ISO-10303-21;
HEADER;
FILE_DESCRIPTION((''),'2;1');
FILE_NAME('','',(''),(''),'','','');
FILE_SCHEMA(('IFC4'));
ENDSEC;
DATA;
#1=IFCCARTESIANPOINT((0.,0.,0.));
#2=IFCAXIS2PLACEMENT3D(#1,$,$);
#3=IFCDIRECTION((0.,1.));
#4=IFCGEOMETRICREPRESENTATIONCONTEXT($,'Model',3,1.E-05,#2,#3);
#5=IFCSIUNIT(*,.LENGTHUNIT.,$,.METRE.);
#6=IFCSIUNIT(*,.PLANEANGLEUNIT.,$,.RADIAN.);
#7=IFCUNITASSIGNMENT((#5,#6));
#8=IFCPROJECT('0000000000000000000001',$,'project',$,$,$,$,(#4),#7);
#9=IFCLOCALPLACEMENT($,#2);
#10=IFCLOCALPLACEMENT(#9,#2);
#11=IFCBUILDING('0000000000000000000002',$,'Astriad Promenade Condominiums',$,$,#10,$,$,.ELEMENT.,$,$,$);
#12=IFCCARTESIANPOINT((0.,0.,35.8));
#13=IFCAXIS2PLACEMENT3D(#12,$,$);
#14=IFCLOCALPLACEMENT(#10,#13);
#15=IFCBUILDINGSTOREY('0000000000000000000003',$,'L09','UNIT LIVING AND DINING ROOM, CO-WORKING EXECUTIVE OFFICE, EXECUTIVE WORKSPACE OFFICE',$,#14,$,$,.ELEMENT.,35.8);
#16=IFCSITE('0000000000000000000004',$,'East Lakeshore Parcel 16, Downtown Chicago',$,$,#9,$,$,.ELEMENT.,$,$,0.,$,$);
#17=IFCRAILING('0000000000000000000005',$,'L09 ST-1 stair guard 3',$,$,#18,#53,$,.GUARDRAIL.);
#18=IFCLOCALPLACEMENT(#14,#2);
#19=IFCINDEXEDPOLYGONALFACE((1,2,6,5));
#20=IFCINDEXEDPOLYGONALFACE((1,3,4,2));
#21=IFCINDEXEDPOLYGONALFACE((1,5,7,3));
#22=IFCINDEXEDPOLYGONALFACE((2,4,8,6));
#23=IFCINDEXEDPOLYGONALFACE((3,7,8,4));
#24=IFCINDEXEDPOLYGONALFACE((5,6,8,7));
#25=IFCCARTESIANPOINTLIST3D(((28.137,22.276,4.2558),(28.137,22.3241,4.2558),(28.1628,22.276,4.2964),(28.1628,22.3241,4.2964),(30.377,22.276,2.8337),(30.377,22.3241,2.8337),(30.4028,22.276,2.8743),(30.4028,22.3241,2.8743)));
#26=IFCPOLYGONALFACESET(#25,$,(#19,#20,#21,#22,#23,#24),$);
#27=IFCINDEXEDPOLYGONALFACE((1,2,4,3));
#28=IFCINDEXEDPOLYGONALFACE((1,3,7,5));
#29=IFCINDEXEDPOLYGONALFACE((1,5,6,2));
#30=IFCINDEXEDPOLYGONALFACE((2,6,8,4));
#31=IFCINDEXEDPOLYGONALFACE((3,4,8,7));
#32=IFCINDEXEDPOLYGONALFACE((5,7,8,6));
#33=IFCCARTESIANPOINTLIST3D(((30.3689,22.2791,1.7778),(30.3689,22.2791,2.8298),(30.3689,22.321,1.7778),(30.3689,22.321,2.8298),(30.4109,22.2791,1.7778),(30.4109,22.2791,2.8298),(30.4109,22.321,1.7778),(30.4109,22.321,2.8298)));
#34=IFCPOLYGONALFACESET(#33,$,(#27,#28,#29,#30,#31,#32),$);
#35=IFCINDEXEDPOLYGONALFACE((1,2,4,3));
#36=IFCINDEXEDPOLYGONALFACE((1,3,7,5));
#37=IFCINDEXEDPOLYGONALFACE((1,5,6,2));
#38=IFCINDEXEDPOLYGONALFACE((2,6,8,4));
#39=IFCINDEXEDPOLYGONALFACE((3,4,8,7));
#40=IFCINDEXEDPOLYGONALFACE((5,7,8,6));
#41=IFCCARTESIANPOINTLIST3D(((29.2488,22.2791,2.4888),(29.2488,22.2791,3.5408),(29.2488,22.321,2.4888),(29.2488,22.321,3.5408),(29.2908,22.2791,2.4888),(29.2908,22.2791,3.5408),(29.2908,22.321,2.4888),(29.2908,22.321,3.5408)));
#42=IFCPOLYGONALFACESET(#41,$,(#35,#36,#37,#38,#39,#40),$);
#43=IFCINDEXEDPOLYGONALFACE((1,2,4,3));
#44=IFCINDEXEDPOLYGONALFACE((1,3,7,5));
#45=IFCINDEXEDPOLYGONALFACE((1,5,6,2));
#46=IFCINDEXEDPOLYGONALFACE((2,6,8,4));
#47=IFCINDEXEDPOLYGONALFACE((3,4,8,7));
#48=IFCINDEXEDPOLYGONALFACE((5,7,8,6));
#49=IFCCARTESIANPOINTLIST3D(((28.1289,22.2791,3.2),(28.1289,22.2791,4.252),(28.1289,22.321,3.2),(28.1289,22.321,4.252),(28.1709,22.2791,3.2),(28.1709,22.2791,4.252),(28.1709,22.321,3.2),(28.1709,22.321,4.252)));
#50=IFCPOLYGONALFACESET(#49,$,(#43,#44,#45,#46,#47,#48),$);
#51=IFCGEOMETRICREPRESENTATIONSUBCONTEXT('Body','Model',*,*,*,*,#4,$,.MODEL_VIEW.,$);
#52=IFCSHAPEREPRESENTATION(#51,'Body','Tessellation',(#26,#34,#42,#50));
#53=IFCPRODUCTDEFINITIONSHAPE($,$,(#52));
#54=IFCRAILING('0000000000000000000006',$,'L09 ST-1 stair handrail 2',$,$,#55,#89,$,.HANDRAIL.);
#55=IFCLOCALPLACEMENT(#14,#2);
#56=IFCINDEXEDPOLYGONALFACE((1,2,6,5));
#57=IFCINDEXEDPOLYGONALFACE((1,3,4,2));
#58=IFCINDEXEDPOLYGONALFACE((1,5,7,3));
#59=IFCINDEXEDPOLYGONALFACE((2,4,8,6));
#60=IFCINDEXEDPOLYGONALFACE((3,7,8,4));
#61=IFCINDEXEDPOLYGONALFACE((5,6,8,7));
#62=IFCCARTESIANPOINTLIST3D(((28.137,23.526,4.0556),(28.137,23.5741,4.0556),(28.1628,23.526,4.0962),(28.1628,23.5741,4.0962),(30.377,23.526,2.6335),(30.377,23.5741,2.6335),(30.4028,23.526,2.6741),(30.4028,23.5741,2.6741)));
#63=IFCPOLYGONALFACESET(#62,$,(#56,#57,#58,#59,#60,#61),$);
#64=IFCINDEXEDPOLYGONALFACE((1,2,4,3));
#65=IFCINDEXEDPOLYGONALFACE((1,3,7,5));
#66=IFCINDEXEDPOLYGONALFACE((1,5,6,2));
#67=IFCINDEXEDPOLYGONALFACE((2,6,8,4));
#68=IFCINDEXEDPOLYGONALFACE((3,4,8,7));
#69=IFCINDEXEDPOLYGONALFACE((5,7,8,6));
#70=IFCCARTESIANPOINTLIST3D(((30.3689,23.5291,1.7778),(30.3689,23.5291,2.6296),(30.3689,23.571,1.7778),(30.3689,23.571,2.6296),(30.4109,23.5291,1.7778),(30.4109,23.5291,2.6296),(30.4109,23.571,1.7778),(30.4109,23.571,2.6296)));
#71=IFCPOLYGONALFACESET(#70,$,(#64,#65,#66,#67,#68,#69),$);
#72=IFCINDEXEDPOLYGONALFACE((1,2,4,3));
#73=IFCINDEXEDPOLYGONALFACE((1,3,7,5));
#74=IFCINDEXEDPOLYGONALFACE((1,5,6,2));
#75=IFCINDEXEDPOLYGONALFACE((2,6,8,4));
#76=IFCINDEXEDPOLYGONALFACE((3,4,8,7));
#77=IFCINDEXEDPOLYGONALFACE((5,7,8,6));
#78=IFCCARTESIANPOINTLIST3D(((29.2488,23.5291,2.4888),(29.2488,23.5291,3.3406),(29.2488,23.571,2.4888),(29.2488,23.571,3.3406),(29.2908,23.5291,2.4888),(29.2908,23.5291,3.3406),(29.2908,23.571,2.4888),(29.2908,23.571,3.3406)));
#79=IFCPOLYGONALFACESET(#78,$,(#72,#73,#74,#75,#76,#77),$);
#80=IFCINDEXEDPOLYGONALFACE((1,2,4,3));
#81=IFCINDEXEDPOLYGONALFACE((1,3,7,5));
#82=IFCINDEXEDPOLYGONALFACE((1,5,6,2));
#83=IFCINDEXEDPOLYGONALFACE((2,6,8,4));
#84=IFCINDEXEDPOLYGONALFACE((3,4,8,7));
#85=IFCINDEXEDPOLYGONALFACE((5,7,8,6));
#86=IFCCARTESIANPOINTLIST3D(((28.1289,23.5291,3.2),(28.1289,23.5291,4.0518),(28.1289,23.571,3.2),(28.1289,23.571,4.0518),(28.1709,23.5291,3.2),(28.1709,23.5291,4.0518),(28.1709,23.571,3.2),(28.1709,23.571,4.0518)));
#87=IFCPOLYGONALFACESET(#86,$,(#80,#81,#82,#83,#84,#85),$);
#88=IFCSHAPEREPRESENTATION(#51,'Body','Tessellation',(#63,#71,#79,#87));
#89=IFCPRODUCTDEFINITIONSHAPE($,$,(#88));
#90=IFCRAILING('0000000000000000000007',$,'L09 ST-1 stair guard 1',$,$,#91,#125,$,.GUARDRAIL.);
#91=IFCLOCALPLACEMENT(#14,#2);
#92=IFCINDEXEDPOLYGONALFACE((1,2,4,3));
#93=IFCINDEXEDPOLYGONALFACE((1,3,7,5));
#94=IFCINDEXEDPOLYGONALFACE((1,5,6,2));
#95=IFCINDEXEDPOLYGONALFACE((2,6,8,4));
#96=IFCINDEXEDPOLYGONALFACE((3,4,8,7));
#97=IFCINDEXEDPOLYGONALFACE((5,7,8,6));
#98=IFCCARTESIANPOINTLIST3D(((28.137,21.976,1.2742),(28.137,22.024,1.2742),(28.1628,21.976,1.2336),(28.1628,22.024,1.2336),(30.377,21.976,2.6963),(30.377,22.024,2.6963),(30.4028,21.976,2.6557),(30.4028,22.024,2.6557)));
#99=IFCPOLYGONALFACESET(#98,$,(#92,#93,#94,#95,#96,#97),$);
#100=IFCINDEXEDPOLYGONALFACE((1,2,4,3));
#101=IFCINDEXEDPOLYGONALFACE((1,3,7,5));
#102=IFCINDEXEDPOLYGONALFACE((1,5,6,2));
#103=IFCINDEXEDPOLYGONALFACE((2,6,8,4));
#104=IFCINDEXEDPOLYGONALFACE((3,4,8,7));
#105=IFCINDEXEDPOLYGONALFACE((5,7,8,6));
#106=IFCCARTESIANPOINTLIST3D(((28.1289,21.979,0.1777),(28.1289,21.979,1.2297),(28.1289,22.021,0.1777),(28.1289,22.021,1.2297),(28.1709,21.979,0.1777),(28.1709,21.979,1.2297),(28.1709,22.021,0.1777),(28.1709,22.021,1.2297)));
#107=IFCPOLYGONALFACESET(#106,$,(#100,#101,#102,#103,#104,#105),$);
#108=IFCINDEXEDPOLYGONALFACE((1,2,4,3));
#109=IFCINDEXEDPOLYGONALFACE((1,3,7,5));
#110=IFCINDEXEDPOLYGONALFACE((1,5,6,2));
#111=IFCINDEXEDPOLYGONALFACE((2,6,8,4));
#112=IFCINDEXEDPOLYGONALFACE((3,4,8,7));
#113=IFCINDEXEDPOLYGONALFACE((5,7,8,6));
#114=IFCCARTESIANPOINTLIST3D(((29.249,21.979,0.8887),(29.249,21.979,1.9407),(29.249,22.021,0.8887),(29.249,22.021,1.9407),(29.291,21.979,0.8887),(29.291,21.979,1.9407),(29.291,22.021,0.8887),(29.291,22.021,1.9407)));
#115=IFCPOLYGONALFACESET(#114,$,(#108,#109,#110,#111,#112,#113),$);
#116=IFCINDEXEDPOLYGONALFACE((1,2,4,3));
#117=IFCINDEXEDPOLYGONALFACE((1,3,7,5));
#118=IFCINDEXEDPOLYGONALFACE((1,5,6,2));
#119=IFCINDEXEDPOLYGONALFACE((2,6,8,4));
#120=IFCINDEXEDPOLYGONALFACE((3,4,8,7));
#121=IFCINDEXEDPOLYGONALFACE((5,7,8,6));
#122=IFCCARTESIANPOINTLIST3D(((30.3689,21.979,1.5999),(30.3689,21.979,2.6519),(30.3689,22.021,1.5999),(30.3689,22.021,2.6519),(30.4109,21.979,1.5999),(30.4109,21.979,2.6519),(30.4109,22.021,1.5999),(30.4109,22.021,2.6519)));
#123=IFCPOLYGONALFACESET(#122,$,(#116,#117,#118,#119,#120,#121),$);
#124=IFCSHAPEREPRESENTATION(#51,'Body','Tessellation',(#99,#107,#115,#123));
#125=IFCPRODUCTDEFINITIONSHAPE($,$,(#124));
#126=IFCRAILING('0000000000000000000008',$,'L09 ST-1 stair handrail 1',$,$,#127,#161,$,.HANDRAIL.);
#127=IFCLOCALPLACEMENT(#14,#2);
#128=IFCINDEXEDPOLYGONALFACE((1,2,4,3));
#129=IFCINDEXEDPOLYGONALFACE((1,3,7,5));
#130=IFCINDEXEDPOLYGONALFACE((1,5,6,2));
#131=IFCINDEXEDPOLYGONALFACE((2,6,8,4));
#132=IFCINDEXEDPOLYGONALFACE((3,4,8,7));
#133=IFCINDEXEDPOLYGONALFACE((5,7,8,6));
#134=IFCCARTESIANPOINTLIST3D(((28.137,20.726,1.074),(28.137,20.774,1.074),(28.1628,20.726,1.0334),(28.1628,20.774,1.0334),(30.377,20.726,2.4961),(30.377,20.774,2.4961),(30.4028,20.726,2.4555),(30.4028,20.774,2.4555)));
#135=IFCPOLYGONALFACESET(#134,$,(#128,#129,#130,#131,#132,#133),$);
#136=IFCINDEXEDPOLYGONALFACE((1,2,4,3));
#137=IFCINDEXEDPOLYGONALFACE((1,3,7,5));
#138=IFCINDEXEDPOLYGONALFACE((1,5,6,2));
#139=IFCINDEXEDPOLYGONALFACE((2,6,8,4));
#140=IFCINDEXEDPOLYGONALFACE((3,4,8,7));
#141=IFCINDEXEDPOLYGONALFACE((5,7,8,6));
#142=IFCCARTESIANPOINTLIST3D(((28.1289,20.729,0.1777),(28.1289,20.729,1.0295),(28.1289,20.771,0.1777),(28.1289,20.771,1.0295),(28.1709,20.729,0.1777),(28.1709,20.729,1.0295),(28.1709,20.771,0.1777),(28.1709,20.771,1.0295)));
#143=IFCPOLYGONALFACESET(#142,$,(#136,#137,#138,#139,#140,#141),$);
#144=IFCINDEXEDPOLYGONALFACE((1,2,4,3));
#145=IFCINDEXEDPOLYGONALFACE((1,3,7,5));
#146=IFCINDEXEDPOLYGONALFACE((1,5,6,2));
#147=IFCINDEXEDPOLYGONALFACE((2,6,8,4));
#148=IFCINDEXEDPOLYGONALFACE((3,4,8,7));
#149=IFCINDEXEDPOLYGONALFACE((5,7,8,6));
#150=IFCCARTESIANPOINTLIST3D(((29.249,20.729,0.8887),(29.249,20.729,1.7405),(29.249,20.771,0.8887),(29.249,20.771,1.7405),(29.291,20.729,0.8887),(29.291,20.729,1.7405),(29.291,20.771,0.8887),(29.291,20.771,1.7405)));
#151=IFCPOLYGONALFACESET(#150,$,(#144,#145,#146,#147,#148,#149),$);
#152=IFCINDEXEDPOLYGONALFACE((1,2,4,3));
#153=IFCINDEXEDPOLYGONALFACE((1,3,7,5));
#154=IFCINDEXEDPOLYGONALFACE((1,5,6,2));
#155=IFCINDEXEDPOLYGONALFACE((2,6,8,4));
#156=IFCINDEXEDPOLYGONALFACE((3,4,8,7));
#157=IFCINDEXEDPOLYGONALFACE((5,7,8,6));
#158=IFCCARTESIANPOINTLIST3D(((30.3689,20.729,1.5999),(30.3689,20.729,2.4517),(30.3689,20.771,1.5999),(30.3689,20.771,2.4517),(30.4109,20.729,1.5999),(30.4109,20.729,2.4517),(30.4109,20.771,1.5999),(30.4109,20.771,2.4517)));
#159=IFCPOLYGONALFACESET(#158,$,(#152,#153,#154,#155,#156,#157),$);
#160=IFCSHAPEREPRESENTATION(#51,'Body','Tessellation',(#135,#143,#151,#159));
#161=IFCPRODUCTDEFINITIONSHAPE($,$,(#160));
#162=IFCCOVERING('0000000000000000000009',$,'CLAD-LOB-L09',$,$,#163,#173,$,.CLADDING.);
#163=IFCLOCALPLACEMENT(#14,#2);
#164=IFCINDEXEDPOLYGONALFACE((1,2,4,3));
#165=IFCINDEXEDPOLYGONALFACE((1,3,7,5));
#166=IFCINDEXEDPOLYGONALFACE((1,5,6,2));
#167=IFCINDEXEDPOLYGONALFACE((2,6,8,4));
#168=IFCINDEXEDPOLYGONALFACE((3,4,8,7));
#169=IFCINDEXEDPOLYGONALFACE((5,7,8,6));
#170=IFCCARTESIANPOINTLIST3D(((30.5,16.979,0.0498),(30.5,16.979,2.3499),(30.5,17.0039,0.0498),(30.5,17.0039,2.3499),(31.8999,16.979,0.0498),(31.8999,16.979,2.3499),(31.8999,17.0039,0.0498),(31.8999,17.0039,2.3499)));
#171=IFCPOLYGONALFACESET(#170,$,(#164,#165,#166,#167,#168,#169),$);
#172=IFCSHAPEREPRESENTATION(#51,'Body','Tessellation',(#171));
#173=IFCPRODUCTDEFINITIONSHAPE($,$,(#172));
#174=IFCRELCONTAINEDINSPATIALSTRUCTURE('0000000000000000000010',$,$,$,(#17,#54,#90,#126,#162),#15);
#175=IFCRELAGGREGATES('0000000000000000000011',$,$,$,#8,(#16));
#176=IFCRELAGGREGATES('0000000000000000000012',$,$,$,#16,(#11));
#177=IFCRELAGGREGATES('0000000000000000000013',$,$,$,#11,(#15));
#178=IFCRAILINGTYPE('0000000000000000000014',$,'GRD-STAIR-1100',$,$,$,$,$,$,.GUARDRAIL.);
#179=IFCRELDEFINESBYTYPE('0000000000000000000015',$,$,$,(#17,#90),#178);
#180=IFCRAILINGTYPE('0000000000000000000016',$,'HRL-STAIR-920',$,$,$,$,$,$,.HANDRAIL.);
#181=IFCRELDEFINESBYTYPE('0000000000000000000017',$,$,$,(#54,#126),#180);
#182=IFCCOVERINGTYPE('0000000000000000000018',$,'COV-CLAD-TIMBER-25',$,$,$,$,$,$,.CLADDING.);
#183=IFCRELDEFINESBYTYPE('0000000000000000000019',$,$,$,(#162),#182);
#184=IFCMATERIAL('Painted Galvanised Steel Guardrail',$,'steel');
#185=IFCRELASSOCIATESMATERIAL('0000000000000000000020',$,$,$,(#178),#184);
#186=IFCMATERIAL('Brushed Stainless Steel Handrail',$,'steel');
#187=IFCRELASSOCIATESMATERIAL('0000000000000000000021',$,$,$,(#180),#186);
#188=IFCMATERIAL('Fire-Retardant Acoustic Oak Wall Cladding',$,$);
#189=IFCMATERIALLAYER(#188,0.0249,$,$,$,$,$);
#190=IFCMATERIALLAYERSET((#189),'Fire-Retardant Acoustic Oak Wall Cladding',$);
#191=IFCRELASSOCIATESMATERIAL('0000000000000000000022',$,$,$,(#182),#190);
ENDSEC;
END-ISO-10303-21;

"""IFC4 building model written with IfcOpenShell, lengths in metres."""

from ifc_helpers import new_model, si_unit, direction, frame, origin, origin_2d, place, context, subcontext, project, spatial, rectangle, extrude, source, transform, mapped, material, layer, layer_set, type_object, type_shapes, element, save


model = new_model("IFC4")

# Units and contexts
model_context = context("Model", 3, precision=1e-05, world=origin(), true_north=direction((0.0, 1.0)))
body_context = subcontext(model_context, "Body", "Model", "MODEL_VIEW")
ifc_project = project(units=[si_unit("LENGTHUNIT", "METRE"), si_unit("PLANEANGLEUNIT", "RADIAN")], contexts=[model_context])

# Site, building, storey
site_placement = place(None, origin())
site = spatial("IfcSite", under=ifc_project, at=site_placement, Name="East Lakeshore Parcel 16, Downtown Chicago", CompositionType="ELEMENT", RefElevation=0.0)
building_placement = place(site_placement, origin())
building = spatial("IfcBuilding", under=site, at=building_placement, Name="Astriad Promenade Condominiums", CompositionType="ELEMENT")
storey_placement = place(building_placement, frame((0.0, 0.0, 35.8)))
storey = spatial("IfcBuildingStorey", under=building, at=storey_placement, Name="L09", Description="UNIT LIVING AND DINING ROOM, CO-WORKING EXECUTIVE OFFICE, EXECUTIVE WORKSPACE OFFICE", CompositionType="ELEMENT", Elevation=35.8)

# Railings
ifc_material_1 = material(Name="Painted Galvanised Steel Guardrail", Category="steel")
railing_type_1 = type_object("IfcRailingType", Name="GRD-STAIR-1100", PredefinedType="GUARDRAIL", material=ifc_material_1)
shared_shape_1 = source(origin(), body_context, "Body", "SweptSolid", [
    extrude(rectangle(XDim=0.0481, YDim=0.0481, at=origin_2d()), frame((0.0, 0.0, 1.0762), z_axis=(-0.844229, 0.0, 0.535982), x_axis=(0.0, -1.0, 0.0)), (0.0, 0.0, 1.0), 2.6533),
    extrude(rectangle(XDim=0.042, YDim=0.042, at=origin_2d()), origin(), (0.0, 0.0, 1.0), 1.052),
    extrude(rectangle(XDim=0.042, YDim=0.042, at=origin_2d()), frame((-1.1201, 0.0, 0.7109)), (0.0, 0.0, 1.0), 1.052),
    extrude(rectangle(XDim=0.042, YDim=0.042, at=origin_2d()), frame((-2.24, 0.0, 1.4221)), (0.0, 0.0, 1.0), 1.052),
])
railing_1_placement = place(storey_placement, frame((30.3899, 22.3, 1.7778)))
element("IfcRailing", 1, at=railing_1_placement, inside=storey, type_object=railing_type_1, Name="L09 ST-1 stair guard 3", PredefinedType="GUARDRAIL", context=body_context, shape_type="MappedRepresentation", body=[
    mapped(shared_shape_1, transform((0.0, 0.0, 0.0), scale=1.0)),
])
ifc_material_2 = material(Name="Brushed Stainless Steel Handrail", Category="steel")
railing_type_2 = type_object("IfcRailingType", Name="HRL-STAIR-920", PredefinedType="HANDRAIL", material=ifc_material_2)
shared_shape_2 = source(origin(), body_context, "Body", "SweptSolid", [
    extrude(rectangle(XDim=0.0481, YDim=0.0481, at=origin_2d()), frame((0.0, 0.0, 0.876), z_axis=(-0.844229, 0.0, 0.535982), x_axis=(0.0, -1.0, 0.0)), (0.0, 0.0, 1.0), 2.6533),
    extrude(rectangle(XDim=0.042, YDim=0.042, at=origin_2d()), origin(), (0.0, 0.0, 1.0), 0.8518),
    extrude(rectangle(XDim=0.042, YDim=0.042, at=origin_2d()), frame((-1.1201, 0.0, 0.7109)), (0.0, 0.0, 1.0), 0.8518),
    extrude(rectangle(XDim=0.042, YDim=0.042, at=origin_2d()), frame((-2.24, 0.0, 1.4221)), (0.0, 0.0, 1.0), 0.8518),
])
railing_2_placement = place(storey_placement, frame((30.3899, 23.55, 1.7778)))
element("IfcRailing", 2, at=railing_2_placement, inside=storey, type_object=railing_type_2, Name="L09 ST-1 stair handrail 2", PredefinedType="HANDRAIL", context=body_context, shape_type="MappedRepresentation", body=[
    mapped(shared_shape_2, transform((0.0, 0.0, 0.0), scale=1.0)),
])
shared_shape_3 = source(origin(), body_context, "Body", "SweptSolid", [
    extrude(rectangle(XDim=0.0481, YDim=0.0481, at=origin_2d()), frame((0.0, 0.0, 1.0762), z_axis=(0.844229, 0.0, 0.535982), x_axis=(0.0, 1.0, 0.0)), (0.0, 0.0, 1.0), 2.6533),
    extrude(rectangle(XDim=0.042, YDim=0.042, at=origin_2d()), origin(), (0.0, 0.0, 1.0), 1.052),
    extrude(rectangle(XDim=0.042, YDim=0.042, at=origin_2d()), frame((1.1201, 0.0, 0.7109)), (0.0, 0.0, 1.0), 1.052),
    extrude(rectangle(XDim=0.042, YDim=0.042, at=origin_2d()), frame((2.24, 0.0, 1.4221)), (0.0, 0.0, 1.0), 1.052),
])
railing_3_placement = place(storey_placement, frame((28.1499, 22.0, 0.1777)))
element("IfcRailing", 3, at=railing_3_placement, inside=storey, type_object=railing_type_1, Name="L09 ST-1 stair guard 1", PredefinedType="GUARDRAIL", context=body_context, shape_type="MappedRepresentation", body=[
    mapped(shared_shape_3, transform((0.0, 0.0, 0.0), scale=1.0)),
])
shared_shape_4 = source(origin(), body_context, "Body", "SweptSolid", [
    extrude(rectangle(XDim=0.0481, YDim=0.0481, at=origin_2d()), frame((0.0, 0.0, 0.876), z_axis=(0.844229, 0.0, 0.535982), x_axis=(0.0, 1.0, 0.0)), (0.0, 0.0, 1.0), 2.6533),
    extrude(rectangle(XDim=0.042, YDim=0.042, at=origin_2d()), origin(), (0.0, 0.0, 1.0), 0.8518),
    extrude(rectangle(XDim=0.042, YDim=0.042, at=origin_2d()), frame((1.1201, 0.0, 0.7109)), (0.0, 0.0, 1.0), 0.8518),
    extrude(rectangle(XDim=0.042, YDim=0.042, at=origin_2d()), frame((2.24, 0.0, 1.4221)), (0.0, 0.0, 1.0), 0.8518),
])
type_shapes(railing_type_2, [shared_shape_2, shared_shape_4])
railing_4_placement = place(storey_placement, frame((28.1499, 20.75, 0.1777)))
element("IfcRailing", 4, at=railing_4_placement, inside=storey, type_object=railing_type_2, Name="L09 ST-1 stair handrail 1", PredefinedType="HANDRAIL", context=body_context, shape_type="MappedRepresentation", body=[
    mapped(shared_shape_4, transform((0.0, 0.0, 0.0), scale=1.0)),
])

# Covering
ifc_material_3 = material(Name="Fire-Retardant Acoustic Oak Wall Cladding")
ifc_layer_1 = layer(ifc_material_3, 0.0249)
ifc_layer_set_1 = layer_set([ifc_layer_1], Name="Fire-Retardant Acoustic Oak Wall Cladding")
covering_type = type_object("IfcCoveringType", Name="COV-CLAD-TIMBER-25", PredefinedType="CLADDING", material=ifc_layer_set_1)
shared_shape_5 = source(origin(), body_context, "Body", "SweptSolid", [
    extrude(rectangle(XDim=1.3999, YDim=0.0249, at=origin_2d()), origin(), (0.0, 0.0, 1.0), 2.3),
])
type_shapes(covering_type, [shared_shape_5])
covering_placement = place(storey_placement, frame((31.2, 16.9915, 0.0498), z_axis=(0.0, 0.0, 1.0), x_axis=(1.0, 0.0, 0.0)))
element("IfcCovering", 5, at=covering_placement, inside=storey, type_object=covering_type, Name="CLAD-LOB-L09", PredefinedType="CLADDING", context=body_context, shape_type="MappedRepresentation", body=[
    mapped(shared_shape_5, transform((0.0, 0.0, 0.0), scale=1.0)),
])

save(model, "model.ifc")
